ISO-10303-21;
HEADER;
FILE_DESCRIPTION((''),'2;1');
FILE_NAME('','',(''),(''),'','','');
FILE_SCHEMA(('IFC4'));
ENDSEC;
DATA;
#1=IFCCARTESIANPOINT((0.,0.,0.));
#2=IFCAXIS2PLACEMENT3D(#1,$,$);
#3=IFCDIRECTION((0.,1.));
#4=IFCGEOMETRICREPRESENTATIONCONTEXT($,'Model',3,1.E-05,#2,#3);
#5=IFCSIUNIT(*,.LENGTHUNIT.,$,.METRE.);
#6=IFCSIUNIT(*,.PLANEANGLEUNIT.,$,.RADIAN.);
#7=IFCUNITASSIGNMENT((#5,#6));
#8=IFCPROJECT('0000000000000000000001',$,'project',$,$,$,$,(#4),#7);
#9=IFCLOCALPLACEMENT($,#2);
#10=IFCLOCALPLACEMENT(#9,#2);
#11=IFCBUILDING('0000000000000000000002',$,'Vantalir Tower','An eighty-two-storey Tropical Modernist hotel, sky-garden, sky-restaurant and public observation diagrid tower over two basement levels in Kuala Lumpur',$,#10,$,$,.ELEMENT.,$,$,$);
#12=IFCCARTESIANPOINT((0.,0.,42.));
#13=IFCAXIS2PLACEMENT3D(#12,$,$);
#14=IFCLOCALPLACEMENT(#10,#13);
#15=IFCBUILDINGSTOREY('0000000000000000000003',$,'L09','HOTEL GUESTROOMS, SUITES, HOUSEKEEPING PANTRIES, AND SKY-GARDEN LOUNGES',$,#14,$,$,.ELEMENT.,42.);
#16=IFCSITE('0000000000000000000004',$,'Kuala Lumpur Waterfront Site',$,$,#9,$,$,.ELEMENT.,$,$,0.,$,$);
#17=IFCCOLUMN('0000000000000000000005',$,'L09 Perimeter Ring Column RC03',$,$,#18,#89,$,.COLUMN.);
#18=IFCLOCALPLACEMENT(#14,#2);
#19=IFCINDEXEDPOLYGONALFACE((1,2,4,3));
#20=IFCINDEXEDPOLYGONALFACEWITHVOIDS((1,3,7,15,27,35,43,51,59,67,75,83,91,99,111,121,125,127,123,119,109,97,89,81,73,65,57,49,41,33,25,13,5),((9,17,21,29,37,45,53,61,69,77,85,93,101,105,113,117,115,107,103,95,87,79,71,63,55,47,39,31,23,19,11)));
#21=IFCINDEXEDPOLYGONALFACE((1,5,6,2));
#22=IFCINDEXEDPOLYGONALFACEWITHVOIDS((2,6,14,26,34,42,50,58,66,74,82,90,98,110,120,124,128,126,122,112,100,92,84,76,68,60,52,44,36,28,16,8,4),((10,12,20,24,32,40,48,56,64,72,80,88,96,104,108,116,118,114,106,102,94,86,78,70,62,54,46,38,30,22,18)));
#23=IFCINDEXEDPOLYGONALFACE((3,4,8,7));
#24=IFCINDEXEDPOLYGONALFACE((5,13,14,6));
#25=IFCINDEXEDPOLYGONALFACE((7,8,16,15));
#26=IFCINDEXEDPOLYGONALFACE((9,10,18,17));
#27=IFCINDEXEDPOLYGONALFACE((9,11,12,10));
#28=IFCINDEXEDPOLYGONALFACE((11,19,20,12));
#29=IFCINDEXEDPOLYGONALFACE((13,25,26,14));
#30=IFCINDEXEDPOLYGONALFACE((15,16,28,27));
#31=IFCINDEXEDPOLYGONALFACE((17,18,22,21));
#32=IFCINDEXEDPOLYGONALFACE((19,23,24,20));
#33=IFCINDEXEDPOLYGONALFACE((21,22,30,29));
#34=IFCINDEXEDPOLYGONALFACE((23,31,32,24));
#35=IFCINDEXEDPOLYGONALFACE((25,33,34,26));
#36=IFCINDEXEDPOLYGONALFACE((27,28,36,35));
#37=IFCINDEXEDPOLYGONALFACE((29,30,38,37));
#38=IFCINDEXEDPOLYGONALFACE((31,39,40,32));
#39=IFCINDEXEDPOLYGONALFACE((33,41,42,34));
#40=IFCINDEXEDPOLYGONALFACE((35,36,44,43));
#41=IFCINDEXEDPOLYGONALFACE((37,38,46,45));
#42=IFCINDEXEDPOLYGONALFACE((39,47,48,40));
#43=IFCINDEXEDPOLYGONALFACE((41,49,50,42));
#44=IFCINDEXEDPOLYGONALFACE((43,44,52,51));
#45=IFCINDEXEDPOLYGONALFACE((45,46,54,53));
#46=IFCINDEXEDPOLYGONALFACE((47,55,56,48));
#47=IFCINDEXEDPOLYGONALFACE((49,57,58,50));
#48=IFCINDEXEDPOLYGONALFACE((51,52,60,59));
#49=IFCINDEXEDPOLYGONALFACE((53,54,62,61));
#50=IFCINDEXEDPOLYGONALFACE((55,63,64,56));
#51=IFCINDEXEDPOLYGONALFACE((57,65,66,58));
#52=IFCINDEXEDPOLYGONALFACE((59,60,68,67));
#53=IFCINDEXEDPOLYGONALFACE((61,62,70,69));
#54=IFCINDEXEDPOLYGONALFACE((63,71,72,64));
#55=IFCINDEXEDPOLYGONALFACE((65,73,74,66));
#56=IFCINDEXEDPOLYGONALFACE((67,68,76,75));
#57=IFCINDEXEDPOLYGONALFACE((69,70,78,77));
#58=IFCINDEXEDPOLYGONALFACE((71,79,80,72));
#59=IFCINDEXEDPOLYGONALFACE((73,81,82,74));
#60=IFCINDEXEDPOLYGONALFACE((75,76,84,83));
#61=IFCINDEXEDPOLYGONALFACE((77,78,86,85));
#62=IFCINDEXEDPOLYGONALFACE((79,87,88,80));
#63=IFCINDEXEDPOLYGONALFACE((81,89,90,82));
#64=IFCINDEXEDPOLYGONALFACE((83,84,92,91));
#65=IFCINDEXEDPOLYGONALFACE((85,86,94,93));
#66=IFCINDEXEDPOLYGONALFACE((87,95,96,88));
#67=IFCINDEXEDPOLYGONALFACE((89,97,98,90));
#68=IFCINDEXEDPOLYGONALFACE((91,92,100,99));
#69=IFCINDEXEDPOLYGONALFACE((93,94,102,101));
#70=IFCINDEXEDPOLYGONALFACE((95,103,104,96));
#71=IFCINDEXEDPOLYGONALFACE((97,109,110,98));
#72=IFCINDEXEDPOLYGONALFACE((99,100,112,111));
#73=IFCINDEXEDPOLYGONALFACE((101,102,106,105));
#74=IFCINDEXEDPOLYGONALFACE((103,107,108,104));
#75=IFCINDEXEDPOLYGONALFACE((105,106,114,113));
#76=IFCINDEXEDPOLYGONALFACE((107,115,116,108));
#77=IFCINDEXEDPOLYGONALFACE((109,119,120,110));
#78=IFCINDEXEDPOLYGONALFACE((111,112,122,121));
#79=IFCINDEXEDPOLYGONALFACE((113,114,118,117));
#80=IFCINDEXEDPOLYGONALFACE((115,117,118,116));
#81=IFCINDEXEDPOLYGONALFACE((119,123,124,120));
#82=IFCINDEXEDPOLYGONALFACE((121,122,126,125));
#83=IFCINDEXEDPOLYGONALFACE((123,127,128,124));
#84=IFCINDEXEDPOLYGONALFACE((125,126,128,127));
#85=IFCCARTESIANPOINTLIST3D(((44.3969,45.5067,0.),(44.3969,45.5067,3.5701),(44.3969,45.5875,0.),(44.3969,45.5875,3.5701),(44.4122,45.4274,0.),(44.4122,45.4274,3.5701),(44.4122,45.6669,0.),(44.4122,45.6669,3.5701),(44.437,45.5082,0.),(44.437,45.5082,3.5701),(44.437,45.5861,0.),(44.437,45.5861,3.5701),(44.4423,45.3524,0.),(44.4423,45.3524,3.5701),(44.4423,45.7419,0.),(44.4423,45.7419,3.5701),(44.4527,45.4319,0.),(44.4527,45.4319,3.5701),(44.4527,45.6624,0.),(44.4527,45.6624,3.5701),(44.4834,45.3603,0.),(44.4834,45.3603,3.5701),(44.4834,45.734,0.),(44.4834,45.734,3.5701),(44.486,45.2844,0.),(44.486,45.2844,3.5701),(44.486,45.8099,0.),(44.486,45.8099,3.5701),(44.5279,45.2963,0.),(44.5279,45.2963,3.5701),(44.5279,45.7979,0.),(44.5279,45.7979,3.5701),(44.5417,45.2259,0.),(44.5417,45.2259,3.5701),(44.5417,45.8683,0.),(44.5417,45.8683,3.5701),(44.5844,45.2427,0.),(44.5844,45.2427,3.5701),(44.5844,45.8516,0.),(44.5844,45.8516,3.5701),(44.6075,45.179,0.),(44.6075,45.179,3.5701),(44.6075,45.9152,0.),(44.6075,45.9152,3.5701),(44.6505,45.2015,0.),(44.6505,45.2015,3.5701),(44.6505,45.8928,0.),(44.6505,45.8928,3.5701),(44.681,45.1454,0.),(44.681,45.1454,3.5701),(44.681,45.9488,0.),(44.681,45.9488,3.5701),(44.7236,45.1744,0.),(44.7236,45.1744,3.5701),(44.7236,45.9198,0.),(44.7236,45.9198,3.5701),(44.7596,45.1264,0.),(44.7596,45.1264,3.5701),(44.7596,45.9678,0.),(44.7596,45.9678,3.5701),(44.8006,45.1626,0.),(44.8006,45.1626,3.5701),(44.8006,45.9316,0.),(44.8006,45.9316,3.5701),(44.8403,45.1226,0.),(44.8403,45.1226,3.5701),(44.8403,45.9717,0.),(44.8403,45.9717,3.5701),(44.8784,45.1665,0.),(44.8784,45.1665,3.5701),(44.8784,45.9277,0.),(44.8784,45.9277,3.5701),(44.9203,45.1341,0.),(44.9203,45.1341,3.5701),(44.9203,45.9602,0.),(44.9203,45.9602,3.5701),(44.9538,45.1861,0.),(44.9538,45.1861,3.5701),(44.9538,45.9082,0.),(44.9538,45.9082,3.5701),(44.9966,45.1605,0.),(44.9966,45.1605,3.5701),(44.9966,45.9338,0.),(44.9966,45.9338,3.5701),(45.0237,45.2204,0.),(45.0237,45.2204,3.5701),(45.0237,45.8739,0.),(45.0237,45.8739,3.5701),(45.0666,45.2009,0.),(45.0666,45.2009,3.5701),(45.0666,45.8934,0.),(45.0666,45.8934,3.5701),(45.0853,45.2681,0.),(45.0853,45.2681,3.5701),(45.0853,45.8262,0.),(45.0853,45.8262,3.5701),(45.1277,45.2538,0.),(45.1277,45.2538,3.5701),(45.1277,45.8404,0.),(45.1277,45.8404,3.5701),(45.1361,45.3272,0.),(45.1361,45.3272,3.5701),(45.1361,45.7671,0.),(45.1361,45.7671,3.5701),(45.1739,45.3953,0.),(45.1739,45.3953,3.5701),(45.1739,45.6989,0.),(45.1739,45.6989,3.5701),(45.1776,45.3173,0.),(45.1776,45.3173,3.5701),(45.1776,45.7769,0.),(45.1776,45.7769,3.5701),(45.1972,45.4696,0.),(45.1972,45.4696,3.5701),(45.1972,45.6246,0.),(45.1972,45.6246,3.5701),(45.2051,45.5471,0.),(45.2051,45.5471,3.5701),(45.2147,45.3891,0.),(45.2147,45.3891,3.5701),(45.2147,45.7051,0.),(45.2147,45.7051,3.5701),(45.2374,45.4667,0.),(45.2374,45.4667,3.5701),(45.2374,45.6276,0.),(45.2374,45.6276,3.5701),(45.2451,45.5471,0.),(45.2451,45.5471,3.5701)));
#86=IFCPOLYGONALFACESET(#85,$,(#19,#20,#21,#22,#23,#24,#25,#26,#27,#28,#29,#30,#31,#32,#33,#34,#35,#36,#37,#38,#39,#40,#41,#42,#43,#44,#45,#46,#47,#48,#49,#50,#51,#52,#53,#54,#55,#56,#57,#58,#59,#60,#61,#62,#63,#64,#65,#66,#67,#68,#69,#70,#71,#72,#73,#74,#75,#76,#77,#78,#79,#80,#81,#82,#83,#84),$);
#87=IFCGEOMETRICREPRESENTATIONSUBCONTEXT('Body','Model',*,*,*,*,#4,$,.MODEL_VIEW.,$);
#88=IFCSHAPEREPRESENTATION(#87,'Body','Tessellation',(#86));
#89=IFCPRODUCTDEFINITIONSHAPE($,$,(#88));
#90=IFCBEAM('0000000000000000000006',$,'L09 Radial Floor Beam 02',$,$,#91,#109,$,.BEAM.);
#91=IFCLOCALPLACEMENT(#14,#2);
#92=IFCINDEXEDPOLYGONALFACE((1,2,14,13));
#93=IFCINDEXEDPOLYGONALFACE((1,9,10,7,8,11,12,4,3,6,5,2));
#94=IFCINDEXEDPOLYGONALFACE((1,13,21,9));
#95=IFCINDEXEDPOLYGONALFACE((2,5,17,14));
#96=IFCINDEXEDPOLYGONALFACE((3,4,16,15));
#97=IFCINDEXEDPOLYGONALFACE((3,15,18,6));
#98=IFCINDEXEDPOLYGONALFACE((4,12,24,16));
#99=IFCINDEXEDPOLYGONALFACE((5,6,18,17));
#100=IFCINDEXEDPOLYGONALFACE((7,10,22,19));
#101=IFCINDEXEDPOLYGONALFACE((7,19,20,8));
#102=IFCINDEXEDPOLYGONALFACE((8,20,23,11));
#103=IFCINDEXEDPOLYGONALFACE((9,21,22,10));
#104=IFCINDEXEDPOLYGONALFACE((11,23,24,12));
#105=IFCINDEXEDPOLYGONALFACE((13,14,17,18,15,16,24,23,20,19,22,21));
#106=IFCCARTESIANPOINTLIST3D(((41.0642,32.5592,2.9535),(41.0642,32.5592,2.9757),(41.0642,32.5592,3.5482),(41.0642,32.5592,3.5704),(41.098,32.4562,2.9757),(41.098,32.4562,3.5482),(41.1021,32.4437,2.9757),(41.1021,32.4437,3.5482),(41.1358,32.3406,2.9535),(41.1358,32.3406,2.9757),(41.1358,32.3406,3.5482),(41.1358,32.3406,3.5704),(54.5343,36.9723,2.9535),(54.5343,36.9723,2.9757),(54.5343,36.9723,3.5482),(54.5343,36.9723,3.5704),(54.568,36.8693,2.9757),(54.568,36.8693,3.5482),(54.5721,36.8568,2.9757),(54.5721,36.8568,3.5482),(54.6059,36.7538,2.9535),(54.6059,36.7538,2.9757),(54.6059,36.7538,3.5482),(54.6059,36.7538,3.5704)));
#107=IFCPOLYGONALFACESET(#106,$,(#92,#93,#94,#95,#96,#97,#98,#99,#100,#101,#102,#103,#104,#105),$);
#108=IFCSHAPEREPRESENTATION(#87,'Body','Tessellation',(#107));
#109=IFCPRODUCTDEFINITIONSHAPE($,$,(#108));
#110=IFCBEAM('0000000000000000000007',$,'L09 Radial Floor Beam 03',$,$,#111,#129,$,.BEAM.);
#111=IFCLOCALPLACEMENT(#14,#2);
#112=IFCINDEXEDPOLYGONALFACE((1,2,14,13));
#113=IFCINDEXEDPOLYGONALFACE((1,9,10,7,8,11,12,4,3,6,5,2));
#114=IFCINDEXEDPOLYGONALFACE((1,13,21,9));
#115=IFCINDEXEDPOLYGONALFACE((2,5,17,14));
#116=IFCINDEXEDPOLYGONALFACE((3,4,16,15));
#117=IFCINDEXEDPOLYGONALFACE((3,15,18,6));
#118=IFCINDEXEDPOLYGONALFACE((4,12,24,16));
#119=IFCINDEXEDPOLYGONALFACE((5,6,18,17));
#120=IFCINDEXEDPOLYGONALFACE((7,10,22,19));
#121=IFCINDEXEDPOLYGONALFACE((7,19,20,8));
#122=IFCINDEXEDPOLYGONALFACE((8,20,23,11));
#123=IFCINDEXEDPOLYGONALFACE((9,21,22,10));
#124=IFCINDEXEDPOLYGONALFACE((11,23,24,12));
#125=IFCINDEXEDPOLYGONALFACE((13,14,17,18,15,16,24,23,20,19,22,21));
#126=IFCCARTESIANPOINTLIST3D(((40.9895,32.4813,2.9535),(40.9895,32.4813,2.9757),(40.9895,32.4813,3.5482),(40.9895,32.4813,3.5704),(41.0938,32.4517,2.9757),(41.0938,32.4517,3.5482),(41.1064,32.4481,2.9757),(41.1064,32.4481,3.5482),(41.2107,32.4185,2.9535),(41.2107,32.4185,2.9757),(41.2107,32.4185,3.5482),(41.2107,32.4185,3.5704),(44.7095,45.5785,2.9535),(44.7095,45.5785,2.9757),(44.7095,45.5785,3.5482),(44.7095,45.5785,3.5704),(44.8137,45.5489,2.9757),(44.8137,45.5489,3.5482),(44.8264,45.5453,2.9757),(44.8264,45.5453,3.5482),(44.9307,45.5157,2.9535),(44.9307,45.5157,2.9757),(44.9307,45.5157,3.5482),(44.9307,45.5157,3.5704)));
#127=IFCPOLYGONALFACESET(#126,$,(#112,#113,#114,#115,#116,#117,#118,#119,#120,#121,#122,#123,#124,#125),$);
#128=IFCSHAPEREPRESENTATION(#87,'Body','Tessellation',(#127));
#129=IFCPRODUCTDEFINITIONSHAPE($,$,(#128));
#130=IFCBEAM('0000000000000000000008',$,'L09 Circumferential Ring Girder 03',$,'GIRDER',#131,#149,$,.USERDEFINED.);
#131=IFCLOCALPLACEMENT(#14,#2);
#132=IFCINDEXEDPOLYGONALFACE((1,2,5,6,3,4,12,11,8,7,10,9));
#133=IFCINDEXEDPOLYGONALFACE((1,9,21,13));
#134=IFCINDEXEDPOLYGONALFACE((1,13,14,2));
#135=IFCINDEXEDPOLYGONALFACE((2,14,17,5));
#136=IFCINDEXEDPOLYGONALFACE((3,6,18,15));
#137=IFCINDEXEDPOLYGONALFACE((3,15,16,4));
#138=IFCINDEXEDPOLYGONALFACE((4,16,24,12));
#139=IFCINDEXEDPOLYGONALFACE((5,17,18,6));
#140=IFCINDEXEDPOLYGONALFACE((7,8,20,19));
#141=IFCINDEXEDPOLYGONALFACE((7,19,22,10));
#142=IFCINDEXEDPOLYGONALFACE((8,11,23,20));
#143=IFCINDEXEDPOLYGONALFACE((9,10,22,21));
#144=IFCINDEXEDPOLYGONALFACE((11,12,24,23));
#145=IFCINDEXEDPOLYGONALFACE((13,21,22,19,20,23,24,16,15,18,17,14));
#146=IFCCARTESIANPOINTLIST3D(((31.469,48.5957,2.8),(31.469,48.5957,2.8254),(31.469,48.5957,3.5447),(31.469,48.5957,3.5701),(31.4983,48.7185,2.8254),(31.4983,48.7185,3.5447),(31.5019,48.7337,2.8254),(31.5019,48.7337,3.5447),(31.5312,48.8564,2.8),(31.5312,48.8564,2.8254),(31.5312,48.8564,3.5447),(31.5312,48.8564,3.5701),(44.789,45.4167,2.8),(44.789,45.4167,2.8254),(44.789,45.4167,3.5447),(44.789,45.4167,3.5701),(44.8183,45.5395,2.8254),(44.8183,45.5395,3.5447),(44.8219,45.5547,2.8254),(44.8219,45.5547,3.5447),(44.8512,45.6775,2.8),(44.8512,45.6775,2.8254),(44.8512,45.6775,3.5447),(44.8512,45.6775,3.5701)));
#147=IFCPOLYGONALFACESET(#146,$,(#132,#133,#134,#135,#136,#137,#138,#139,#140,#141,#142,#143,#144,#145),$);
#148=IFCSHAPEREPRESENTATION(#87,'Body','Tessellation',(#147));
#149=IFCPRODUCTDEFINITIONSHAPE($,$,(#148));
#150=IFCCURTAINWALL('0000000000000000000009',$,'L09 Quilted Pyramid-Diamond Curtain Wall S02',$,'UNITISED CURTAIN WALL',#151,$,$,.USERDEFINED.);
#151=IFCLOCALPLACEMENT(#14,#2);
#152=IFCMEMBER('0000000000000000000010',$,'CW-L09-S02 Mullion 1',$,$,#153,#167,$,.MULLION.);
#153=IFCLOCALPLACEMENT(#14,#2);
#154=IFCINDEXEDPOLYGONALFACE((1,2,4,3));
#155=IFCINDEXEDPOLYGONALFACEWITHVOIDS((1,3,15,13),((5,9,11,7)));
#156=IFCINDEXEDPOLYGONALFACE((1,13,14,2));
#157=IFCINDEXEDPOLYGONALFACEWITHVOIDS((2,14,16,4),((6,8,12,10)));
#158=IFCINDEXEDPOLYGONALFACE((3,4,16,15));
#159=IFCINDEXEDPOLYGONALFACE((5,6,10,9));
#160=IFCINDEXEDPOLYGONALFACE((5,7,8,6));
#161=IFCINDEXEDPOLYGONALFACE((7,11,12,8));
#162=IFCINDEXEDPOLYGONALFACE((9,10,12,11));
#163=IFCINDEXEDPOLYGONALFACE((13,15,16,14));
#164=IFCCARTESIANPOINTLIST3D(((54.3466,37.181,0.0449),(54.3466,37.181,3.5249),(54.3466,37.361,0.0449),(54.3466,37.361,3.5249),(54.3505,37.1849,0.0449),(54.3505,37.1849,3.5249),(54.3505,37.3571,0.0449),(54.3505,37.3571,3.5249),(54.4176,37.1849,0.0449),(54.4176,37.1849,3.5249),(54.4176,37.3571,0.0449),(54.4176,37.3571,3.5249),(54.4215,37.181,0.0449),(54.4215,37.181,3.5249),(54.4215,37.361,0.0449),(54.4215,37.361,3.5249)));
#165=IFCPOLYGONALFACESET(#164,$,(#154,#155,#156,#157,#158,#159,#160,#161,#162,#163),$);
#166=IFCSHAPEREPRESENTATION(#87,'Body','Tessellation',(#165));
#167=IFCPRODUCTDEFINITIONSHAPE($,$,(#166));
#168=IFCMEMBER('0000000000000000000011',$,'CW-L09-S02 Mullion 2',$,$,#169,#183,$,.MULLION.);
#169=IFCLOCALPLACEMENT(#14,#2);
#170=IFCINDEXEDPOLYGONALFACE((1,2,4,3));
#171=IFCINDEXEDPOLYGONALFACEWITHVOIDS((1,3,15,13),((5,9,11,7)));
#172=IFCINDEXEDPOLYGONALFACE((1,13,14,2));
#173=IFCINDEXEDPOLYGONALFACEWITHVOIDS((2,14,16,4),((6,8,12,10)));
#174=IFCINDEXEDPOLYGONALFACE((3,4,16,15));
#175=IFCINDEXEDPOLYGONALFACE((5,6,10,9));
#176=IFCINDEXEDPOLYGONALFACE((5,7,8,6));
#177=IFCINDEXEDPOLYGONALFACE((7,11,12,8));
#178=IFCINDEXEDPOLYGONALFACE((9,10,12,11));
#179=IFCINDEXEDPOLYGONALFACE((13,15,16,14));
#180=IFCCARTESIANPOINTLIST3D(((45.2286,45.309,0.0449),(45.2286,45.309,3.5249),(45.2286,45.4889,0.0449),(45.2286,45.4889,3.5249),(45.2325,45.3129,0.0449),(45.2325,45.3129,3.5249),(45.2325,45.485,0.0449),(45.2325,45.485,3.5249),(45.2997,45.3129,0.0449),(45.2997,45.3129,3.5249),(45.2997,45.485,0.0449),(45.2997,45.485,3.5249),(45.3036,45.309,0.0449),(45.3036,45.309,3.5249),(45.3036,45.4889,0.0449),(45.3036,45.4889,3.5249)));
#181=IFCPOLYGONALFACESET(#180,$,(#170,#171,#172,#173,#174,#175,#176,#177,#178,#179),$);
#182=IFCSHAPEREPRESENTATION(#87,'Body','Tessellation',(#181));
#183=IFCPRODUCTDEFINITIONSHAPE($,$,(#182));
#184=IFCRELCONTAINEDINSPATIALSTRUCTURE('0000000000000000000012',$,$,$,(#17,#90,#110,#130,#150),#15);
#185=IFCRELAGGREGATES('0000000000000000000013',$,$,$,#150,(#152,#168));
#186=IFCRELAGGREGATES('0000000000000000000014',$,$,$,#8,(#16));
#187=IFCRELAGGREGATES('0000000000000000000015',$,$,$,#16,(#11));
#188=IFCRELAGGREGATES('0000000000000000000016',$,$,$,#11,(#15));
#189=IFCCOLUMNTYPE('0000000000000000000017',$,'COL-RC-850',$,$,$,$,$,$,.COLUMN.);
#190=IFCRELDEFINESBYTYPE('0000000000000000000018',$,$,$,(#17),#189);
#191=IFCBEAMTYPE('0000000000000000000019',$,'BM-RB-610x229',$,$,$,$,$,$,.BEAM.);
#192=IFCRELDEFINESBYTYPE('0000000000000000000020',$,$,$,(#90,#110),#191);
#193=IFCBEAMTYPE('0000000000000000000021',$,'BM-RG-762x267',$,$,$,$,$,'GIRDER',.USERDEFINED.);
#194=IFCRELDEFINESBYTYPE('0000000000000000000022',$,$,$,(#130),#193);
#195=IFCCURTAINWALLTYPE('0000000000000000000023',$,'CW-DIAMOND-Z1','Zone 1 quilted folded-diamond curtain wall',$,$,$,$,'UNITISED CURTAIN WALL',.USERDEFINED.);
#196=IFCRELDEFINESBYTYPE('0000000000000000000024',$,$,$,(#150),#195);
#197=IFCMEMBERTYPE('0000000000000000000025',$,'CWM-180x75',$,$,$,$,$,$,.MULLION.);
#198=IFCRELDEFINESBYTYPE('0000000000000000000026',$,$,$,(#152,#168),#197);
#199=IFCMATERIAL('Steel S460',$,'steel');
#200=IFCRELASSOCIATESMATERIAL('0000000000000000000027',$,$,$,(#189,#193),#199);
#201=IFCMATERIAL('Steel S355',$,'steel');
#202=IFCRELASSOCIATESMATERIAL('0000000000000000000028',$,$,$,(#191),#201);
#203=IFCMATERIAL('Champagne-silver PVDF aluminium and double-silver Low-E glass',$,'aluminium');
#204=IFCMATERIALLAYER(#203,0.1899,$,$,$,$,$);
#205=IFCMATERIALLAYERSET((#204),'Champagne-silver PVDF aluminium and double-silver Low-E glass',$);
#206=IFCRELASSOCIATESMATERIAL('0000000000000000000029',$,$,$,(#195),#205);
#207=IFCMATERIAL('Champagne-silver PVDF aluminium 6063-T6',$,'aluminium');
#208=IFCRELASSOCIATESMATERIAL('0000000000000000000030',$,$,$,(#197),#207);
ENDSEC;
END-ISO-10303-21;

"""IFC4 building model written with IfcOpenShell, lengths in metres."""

from ifc_helpers import new_model, si_unit, direction, frame, origin, origin_2d, place, context, subcontext, project, spatial, hollow_rectangle, hollow_circle, i_section, extrude, material, layer, layer_set, material_profile, profile_set, type_object, element, aggregate, save


model = new_model("IFC4")

# Units and contexts
model_context = context("Model", 3, precision=1e-05, world=origin(), true_north=direction((0.0, 1.0)))
body_context = subcontext(model_context, "Body", "Model", "MODEL_VIEW")
ifc_project = project(units=[si_unit("LENGTHUNIT", "METRE"), si_unit("PLANEANGLEUNIT", "RADIAN")], contexts=[model_context])

# Site, building, storey
site_placement = place(None, origin())
site = spatial("IfcSite", under=ifc_project, at=site_placement, Name="Kuala Lumpur Waterfront Site", CompositionType="ELEMENT", RefElevation=0.0)
building_placement = place(site_placement, origin())
building = spatial("IfcBuilding", under=site, at=building_placement, Name="Vantalir Tower", Description="An eighty-two-storey Tropical Modernist hotel, sky-garden, sky-restaurant and public observation diagrid tower over two basement levels in Kuala Lumpur", CompositionType="ELEMENT")
storey_placement = place(building_placement, frame((0.0, 0.0, 42.0)))
storey = spatial("IfcBuildingStorey", under=building, at=storey_placement, Name="L09", Description="HOTEL GUESTROOMS, SUITES, HOUSEKEEPING PANTRIES, AND SKY-GARDEN LOUNGES", CompositionType="ELEMENT", Elevation=42.0)

# Column
ifc_material_1 = material(Name="Steel S460", Category="steel")
ifc_material_profile_1 = material_profile(ifc_material_1, hollow_circle(Radius=0.425, WallThickness=0.04, at=origin_2d()), Name="Steel S460")
ifc_profile_set_1 = profile_set([ifc_material_profile_1], Name="Steel S460")
column_type = type_object("IfcColumnType", Name="COL-RC-850", PredefinedType="COLUMN", material=ifc_profile_set_1)
column_placement = place(storey_placement, frame((44.8201, 45.5471, 0.0), z_axis=(0.0, 0.0, 1.0), x_axis=(1.0, 0.0, 0.0)))
element("IfcColumn", 1, at=column_placement, inside=storey, type_object=column_type, Name="L09 Perimeter Ring Column RC03", PredefinedType="COLUMN", context=body_context, shape_type="SweptSolid", body=[
    extrude(hollow_circle(Radius=0.425, WallThickness=0.04, at=origin_2d()), origin(), (0.0, 0.0, 1.0), 3.5701),
])

# Beams
ifc_material_2 = material(Name="Steel S355", Category="steel")
ifc_material_profile_2 = material_profile(ifc_material_2, i_section(OverallWidth=0.23, OverallDepth=0.6169, WebThickness=0.0132, FlangeThickness=0.0222, at=origin_2d()), Name="Steel S355")
ifc_profile_set_2 = profile_set([ifc_material_profile_2], Name="Steel S355")
beam_type_1 = type_object("IfcBeamType", Name="BM-RB-610x229", PredefinedType="BEAM", material=ifc_profile_set_2)
beam_1_placement = place(storey_placement, frame((54.5701, 36.863, 3.262), z_axis=(-0.950298, -0.311341, 0.0), x_axis=(0.311341, -0.950298, 0.0)))
element("IfcBeam", 2, at=beam_1_placement, inside=storey, type_object=beam_type_1, Name="L09 Radial Floor Beam 02", PredefinedType="BEAM", context=body_context, shape_type="SweptSolid", body=[
    extrude(i_section(OverallWidth=0.23, OverallDepth=0.6169, WebThickness=0.0132, FlangeThickness=0.0222, at=origin_2d()), origin(), (0.0, 0.0, 1.0), 14.1746),
])
beam_2_placement = place(storey_placement, frame((44.8201, 45.5471, 3.262), z_axis=(-0.273222, -0.961951, 0.0), x_axis=(0.961951, -0.273222, 0.0)))
element("IfcBeam", 3, at=beam_2_placement, inside=storey, type_object=beam_type_1, Name="L09 Radial Floor Beam 03", PredefinedType="BEAM", context=body_context, shape_type="SweptSolid", body=[
    extrude(i_section(OverallWidth=0.23, OverallDepth=0.6169, WebThickness=0.0132, FlangeThickness=0.0222, at=origin_2d()), origin(), (0.0, 0.0, 1.0), 13.6152),
])
ifc_material_profile_3 = material_profile(ifc_material_1, i_section(OverallWidth=0.2681, OverallDepth=0.77, WebThickness=0.0156, FlangeThickness=0.0254, at=origin_2d()), Name="Steel S460")
ifc_profile_set_3 = profile_set([ifc_material_profile_3], Name="Steel S460")
beam_type_2 = type_object("IfcBeamType", Name="BM-RG-762x267", ElementType="GIRDER", PredefinedType="USERDEFINED", material=ifc_profile_set_3)
beam_3_placement = place(storey_placement, frame((44.8201, 45.5471, 3.1851), z_axis=(-0.972683, 0.232139, 0.0), x_axis=(-0.232139, -0.972683, 0.0)))
element("IfcBeam", 4, at=beam_3_placement, inside=storey, type_object=beam_type_2, Name="L09 Circumferential Ring Girder 03", ObjectType="GIRDER", PredefinedType="USERDEFINED", context=body_context, shape_type="SweptSolid", body=[
    extrude(i_section(OverallWidth=0.2681, OverallDepth=0.77, WebThickness=0.0156, FlangeThickness=0.0254, at=origin_2d()), origin(), (0.0, 0.0, 1.0), 13.6941),
])

# Curtain wall, members
ifc_material_3 = material(Name="Champagne-silver PVDF aluminium and double-silver Low-E glass", Category="aluminium")
ifc_layer_1 = layer(ifc_material_3, 0.1899)
ifc_layer_set_1 = layer_set([ifc_layer_1], Name="Champagne-silver PVDF aluminium and double-silver Low-E glass")
curtain_wall_type = type_object("IfcCurtainWallType", Name="CW-DIAMOND-Z1", Description="Zone 1 quilted folded-diamond curtain wall", ElementType="UNITISED CURTAIN WALL", PredefinedType="USERDEFINED", material=ifc_layer_set_1)
curtain_wall_1_placement = place(storey_placement, origin())
curtain_wall_1 = element("IfcCurtainWall", 5, at=curtain_wall_1_placement, inside=storey, type_object=curtain_wall_type, Name="L09 Quilted Pyramid-Diamond Curtain Wall S02", ObjectType="UNITISED CURTAIN WALL", PredefinedType="USERDEFINED")
ifc_material_4 = material(Name="Champagne-silver PVDF aluminium 6063-T6", Category="aluminium")
ifc_material_profile_4 = material_profile(ifc_material_4, hollow_rectangle(XDim=0.075, YDim=0.1799, WallThickness=0.0039, at=origin_2d()), Name="Champagne-silver PVDF aluminium 6063-T6")
ifc_profile_set_4 = profile_set([ifc_material_profile_4], Name="Champagne-silver PVDF aluminium 6063-T6")
member_type_1 = type_object("IfcMemberType", Name="CWM-180x75", PredefinedType="MULLION", material=ifc_profile_set_4)
member_1_placement = place(storey_placement, frame((54.384, 37.271, 0.0449), z_axis=(0.0, 0.0, 1.0), x_axis=(1.0, 0.0, 0.0)))
member_1 = element("IfcMember", 6, at=member_1_placement, type_object=member_type_1, Name="CW-L09-S02 Mullion 1", PredefinedType="MULLION", context=body_context, shape_type="SweptSolid", body=[
    extrude(hollow_rectangle(XDim=0.075, YDim=0.1799, WallThickness=0.0039, at=origin_2d()), origin(), (0.0, 0.0, 1.0), 3.48),
])
member_2_placement = place(storey_placement, frame((45.2661, 45.3989, 0.0449), z_axis=(0.0, 0.0, 1.0), x_axis=(1.0, 0.0, 0.0)))
member_2 = element("IfcMember", 7, at=member_2_placement, type_object=member_type_1, Name="CW-L09-S02 Mullion 2", PredefinedType="MULLION", context=body_context, shape_type="SweptSolid", body=[
    extrude(hollow_rectangle(XDim=0.075, YDim=0.1799, WallThickness=0.0039, at=origin_2d()), origin(), (0.0, 0.0, 1.0), 3.48),
])

aggregate(curtain_wall_1, [member_1, member_2])

save(model, "model.ifc")
